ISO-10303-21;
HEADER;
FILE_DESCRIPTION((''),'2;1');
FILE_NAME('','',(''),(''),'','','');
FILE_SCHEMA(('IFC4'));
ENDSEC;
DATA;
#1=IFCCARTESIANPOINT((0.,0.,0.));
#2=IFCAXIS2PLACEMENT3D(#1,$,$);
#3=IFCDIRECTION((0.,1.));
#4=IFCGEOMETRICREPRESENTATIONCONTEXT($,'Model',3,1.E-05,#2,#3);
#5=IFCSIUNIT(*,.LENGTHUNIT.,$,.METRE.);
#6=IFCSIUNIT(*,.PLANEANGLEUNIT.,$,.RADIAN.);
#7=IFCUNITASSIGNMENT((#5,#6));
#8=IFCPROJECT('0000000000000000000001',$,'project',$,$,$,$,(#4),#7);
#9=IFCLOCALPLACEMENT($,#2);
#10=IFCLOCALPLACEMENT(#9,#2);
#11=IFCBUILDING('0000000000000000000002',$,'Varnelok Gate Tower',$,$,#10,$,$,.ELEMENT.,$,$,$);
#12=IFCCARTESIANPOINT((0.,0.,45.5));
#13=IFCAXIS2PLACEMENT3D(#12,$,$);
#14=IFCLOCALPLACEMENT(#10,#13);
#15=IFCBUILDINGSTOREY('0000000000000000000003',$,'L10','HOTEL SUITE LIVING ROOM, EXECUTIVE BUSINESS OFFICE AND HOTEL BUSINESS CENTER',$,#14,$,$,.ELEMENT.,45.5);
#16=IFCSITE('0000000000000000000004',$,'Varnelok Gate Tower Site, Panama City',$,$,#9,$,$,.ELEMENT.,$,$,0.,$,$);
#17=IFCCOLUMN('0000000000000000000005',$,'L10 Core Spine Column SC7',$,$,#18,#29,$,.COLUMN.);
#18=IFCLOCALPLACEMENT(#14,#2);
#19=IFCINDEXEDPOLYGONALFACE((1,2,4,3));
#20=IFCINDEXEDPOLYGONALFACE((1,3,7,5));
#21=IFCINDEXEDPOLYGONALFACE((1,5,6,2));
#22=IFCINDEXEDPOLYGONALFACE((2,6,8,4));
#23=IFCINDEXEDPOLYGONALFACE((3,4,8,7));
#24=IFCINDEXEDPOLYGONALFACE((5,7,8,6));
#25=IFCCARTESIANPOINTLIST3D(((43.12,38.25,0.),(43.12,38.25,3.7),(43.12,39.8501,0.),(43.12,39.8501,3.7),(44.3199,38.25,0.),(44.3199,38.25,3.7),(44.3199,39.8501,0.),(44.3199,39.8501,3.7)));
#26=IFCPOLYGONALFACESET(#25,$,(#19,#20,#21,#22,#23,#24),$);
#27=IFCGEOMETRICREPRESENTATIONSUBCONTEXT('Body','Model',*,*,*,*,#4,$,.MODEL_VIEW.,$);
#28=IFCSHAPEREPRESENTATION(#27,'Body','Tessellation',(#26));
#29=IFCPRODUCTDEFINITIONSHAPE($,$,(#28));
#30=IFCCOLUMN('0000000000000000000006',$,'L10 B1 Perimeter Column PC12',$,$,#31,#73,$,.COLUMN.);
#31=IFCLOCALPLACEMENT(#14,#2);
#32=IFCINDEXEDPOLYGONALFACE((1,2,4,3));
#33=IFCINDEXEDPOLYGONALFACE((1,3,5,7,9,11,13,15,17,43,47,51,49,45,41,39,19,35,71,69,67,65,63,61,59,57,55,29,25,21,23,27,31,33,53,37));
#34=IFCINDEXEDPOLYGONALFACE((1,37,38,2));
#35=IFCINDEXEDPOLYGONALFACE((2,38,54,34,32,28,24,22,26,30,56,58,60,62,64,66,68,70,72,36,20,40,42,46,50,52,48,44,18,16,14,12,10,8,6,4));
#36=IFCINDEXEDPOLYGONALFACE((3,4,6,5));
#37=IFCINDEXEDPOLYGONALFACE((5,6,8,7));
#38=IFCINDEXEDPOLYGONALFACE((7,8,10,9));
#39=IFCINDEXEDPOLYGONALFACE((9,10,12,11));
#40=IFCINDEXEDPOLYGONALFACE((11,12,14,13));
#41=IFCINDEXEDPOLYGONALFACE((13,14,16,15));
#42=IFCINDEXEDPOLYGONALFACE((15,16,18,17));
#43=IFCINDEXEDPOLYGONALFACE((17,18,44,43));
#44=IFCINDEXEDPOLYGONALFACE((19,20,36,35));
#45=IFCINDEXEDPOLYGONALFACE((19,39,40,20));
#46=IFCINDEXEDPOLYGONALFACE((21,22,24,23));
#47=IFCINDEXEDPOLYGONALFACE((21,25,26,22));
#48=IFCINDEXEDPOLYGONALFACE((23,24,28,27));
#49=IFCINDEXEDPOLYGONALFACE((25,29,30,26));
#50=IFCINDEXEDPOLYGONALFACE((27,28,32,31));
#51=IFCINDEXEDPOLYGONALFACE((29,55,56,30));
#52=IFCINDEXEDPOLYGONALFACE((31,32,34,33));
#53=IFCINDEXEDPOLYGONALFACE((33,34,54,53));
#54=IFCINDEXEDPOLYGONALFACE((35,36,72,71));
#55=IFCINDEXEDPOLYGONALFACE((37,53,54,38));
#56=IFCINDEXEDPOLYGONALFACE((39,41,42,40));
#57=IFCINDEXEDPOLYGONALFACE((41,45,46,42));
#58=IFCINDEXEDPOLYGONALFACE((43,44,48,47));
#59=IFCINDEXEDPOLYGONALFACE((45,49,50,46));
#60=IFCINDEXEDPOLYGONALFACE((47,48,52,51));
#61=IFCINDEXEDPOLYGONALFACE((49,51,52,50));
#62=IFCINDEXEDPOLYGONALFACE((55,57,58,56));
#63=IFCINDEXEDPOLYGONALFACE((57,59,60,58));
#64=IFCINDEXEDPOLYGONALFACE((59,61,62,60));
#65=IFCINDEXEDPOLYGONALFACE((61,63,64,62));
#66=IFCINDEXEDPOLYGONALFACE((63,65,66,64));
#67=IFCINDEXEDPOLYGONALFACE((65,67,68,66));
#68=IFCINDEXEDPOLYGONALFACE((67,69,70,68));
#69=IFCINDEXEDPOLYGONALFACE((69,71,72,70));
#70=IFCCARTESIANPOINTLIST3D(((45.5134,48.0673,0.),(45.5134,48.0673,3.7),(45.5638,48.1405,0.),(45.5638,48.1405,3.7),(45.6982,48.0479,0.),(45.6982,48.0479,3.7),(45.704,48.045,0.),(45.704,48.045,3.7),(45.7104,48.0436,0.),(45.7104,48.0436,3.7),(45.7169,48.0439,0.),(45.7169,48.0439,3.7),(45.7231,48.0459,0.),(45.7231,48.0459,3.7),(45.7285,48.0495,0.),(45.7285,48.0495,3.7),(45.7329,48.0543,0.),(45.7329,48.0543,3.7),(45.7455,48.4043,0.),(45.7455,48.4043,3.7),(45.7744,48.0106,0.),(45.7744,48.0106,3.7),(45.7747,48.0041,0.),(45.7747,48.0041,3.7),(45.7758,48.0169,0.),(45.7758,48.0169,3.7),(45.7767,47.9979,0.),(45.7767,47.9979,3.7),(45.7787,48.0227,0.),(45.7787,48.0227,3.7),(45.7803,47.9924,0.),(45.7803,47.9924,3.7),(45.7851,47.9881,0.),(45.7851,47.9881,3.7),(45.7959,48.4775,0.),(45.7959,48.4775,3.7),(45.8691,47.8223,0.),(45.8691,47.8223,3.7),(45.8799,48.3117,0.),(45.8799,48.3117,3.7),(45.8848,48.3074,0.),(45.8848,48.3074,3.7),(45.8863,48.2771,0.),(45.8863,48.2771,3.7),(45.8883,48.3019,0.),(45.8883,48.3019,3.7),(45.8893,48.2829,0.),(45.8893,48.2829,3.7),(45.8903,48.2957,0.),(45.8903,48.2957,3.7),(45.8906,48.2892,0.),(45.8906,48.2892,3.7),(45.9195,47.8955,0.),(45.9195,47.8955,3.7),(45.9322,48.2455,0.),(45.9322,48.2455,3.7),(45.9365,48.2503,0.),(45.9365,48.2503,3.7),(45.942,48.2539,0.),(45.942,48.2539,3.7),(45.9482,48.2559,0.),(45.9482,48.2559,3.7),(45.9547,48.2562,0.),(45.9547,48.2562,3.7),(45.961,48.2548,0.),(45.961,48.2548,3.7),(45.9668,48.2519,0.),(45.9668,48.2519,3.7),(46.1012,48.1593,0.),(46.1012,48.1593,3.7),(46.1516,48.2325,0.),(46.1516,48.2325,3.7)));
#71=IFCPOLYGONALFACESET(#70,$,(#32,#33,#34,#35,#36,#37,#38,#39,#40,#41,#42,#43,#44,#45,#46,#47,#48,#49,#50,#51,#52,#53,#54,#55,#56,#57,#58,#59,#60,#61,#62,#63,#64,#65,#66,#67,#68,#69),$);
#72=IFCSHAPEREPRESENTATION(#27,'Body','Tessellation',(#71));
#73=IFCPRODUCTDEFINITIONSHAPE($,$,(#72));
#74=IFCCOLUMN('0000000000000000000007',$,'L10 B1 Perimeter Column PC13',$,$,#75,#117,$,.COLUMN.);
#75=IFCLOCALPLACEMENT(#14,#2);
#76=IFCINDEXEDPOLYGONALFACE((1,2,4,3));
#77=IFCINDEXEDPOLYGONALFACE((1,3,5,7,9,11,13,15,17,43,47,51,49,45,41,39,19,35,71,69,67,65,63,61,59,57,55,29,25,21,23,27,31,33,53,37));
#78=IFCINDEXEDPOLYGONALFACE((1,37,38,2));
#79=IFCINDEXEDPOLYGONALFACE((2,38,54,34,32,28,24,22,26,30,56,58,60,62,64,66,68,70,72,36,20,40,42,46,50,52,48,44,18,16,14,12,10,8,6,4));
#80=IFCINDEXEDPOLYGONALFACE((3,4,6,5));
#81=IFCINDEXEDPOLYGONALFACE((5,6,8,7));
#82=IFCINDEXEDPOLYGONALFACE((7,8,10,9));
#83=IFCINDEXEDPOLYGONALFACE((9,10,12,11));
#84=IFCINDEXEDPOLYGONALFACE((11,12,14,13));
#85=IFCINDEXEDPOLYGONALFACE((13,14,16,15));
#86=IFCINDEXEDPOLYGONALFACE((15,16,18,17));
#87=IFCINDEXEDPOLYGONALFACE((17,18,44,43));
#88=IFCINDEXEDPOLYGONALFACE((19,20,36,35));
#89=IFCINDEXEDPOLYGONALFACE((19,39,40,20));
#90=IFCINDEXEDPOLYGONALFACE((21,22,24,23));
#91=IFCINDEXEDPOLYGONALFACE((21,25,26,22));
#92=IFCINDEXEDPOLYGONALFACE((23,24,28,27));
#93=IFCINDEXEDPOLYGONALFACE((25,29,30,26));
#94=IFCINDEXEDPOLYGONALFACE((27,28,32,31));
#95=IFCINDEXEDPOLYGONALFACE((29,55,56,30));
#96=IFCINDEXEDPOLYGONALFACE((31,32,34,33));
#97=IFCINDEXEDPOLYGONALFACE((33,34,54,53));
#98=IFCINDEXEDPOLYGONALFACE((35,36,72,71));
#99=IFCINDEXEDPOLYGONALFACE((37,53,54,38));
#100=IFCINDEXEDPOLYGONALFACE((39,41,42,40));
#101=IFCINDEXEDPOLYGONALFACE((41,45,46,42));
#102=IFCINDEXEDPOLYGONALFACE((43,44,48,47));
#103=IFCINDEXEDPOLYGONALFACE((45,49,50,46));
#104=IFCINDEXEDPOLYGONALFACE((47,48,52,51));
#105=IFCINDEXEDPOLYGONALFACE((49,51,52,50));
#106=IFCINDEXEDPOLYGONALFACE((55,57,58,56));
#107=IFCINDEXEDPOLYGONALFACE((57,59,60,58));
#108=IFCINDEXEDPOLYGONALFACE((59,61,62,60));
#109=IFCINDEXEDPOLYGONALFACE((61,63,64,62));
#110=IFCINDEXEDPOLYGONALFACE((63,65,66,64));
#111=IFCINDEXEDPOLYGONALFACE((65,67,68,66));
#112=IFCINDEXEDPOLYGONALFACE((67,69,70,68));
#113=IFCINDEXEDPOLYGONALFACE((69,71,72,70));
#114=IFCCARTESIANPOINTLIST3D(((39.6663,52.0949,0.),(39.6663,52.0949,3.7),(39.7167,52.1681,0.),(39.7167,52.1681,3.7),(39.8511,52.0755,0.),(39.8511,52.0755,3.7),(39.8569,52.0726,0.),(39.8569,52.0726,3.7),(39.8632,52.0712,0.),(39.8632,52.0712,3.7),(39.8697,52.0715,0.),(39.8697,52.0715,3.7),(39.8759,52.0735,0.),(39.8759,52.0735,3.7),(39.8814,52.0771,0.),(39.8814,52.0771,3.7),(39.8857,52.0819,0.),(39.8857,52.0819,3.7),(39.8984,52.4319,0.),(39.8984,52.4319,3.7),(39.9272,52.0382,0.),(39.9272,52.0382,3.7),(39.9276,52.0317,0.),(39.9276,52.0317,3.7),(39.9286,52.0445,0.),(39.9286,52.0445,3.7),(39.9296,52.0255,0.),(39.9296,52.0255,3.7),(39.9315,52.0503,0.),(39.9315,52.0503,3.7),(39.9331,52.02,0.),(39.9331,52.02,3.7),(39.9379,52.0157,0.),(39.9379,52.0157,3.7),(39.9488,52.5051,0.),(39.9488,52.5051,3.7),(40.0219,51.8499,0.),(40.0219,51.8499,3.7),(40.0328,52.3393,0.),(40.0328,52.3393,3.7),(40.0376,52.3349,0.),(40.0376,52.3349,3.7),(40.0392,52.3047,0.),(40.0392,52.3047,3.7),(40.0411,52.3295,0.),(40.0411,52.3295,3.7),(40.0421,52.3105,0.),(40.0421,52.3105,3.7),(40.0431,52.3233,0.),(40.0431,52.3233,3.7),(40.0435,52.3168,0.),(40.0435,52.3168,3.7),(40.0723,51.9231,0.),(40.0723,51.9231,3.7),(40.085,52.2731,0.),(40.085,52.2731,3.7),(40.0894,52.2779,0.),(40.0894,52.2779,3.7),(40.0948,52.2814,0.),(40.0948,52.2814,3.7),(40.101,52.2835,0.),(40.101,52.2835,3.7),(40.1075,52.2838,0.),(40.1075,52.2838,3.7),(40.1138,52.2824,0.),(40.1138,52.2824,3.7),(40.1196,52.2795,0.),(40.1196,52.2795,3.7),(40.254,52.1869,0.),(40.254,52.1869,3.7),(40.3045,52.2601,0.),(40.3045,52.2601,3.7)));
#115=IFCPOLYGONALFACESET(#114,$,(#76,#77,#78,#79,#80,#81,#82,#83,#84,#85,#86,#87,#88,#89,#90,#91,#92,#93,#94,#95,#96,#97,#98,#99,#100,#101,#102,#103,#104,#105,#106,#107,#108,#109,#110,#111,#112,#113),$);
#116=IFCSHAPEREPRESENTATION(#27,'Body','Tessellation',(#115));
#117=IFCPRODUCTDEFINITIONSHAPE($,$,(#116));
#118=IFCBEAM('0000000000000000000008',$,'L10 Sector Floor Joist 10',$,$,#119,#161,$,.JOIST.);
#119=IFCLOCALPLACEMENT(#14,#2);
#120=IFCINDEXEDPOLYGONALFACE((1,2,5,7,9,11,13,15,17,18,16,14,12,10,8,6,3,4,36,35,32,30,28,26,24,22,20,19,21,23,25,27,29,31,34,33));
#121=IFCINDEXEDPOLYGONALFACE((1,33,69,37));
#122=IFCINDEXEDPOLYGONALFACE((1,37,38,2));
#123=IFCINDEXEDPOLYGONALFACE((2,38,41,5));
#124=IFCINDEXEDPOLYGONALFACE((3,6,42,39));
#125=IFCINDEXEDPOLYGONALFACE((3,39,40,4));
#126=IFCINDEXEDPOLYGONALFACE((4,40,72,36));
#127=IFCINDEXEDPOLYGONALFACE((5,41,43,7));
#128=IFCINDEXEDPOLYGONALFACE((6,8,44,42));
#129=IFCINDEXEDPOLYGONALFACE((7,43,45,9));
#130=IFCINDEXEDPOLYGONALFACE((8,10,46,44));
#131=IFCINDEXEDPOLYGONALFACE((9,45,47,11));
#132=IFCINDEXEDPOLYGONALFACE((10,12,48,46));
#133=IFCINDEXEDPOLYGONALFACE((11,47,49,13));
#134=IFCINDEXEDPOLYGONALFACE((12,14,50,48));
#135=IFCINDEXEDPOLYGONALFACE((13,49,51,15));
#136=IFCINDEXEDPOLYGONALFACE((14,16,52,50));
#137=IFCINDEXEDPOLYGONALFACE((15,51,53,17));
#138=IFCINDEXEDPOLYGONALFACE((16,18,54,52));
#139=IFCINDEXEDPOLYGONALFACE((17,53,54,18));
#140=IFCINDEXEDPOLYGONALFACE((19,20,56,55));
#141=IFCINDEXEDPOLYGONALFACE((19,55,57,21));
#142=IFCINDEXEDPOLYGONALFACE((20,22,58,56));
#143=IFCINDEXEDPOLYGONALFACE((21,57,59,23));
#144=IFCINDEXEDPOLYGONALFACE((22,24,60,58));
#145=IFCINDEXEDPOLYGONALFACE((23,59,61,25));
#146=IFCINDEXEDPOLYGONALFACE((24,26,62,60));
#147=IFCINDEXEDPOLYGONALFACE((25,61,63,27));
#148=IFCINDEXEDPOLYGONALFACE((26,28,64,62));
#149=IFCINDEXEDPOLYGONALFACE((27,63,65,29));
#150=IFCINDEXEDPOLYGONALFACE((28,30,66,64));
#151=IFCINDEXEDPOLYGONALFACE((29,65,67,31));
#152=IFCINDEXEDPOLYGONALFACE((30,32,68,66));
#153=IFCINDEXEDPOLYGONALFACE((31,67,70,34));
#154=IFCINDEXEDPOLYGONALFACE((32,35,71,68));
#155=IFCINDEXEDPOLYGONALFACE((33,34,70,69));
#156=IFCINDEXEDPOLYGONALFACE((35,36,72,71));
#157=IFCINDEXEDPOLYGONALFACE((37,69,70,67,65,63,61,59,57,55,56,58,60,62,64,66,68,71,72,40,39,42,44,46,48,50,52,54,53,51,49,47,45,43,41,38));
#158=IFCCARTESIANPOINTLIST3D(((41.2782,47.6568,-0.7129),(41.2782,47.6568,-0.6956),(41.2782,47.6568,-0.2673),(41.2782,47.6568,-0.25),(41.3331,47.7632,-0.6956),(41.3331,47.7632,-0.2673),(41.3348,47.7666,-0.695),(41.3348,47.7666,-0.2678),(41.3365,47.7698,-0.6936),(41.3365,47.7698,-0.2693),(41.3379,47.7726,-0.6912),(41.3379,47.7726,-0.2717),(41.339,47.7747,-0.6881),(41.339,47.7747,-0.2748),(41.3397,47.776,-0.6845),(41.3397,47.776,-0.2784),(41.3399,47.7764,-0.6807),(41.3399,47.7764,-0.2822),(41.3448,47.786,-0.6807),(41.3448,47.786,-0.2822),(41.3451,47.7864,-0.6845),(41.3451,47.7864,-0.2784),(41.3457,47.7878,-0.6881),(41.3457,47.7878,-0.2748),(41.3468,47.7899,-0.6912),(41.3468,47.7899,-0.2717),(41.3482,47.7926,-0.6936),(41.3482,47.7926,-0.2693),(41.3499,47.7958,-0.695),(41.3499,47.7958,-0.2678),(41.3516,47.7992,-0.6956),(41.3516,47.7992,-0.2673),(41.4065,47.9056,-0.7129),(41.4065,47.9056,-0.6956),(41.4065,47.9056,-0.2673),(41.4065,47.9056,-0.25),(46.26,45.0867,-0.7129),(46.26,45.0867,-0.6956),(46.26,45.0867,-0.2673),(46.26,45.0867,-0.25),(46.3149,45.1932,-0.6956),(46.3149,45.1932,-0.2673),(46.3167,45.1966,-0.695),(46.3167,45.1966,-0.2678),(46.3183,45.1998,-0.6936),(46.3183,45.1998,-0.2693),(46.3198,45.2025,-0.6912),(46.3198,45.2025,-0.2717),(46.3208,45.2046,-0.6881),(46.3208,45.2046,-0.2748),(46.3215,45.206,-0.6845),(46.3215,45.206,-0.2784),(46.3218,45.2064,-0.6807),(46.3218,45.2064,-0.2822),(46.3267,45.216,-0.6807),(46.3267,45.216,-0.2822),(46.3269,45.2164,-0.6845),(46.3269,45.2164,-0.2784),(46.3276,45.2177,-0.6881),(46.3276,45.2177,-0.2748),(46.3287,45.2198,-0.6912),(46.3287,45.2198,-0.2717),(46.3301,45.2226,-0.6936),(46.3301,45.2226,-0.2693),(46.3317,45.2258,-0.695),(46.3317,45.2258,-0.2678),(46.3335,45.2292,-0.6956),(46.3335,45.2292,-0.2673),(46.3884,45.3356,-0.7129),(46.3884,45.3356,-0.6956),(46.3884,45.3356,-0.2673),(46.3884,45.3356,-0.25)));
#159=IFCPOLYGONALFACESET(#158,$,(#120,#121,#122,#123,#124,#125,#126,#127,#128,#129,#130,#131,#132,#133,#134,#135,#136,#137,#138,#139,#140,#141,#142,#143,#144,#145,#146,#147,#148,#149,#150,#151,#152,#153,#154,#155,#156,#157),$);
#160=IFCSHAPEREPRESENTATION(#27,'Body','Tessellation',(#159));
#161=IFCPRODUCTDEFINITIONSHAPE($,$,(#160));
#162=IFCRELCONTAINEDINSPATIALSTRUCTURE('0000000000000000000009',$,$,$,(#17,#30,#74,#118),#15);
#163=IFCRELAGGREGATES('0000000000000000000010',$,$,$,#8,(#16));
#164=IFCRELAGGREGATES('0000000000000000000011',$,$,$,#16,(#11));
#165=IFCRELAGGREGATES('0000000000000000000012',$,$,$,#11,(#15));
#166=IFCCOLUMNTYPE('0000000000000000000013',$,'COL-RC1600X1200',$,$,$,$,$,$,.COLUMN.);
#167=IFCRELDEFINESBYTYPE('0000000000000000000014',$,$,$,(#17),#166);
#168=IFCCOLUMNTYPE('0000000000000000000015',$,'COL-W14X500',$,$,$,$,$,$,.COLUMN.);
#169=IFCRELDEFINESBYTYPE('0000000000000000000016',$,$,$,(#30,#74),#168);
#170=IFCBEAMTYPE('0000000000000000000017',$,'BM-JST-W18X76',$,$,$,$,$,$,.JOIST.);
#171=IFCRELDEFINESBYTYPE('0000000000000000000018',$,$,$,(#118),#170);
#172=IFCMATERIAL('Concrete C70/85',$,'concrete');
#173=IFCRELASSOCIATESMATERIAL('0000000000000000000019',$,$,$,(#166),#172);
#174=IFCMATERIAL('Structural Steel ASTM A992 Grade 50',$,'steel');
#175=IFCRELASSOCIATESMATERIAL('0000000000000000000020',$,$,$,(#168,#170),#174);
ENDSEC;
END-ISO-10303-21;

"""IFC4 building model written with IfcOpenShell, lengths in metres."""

from ifc_helpers import new_model, si_unit, direction, frame, origin, origin_2d, place, context, subcontext, project, spatial, rectangle, i_section, extrude, material, material_profile, profile_set, type_object, element, save


model = new_model("IFC4")

# Units and contexts
model_context = context("Model", 3, precision=1e-05, world=origin(), true_north=direction((0.0, 1.0)))
body_context = subcontext(model_context, "Body", "Model", "MODEL_VIEW")
ifc_project = project(units=[si_unit("LENGTHUNIT", "METRE"), si_unit("PLANEANGLEUNIT", "RADIAN")], contexts=[model_context])

# Site, building, storey
site_placement = place(None, origin())
site = spatial("IfcSite", under=ifc_project, at=site_placement, Name="Varnelok Gate Tower Site, Panama City", CompositionType="ELEMENT", RefElevation=0.0)
building_placement = place(site_placement, origin())
building = spatial("IfcBuilding", under=site, at=building_placement, Name="Varnelok Gate Tower", CompositionType="ELEMENT")
storey_placement = place(building_placement, frame((0.0, 0.0, 45.5)))
storey = spatial("IfcBuildingStorey", under=building, at=storey_placement, Name="L10", Description="HOTEL SUITE LIVING ROOM, EXECUTIVE BUSINESS OFFICE AND HOTEL BUSINESS CENTER", CompositionType="ELEMENT", Elevation=45.5)

# Columns
ifc_material_1 = material(Name="Concrete C70/85", Category="concrete")
ifc_material_profile_1 = material_profile(ifc_material_1, rectangle(XDim=1.2, YDim=1.6001, at=origin_2d()), Name="RC1600X1200")
ifc_profile_set_1 = profile_set([ifc_material_profile_1], Name="Concrete C70/85")
column_type_1 = type_object("IfcColumnType", Name="COL-RC1600X1200", PredefinedType="COLUMN", material=ifc_profile_set_1)
column_placement = place(storey_placement, frame((43.72, 39.05, 0.0), z_axis=(0.0, 0.0, 1.0), x_axis=(1.0, 0.0, 0.0)))
element("IfcColumn", 1, at=column_placement, inside=storey, type_object=column_type_1, Name="L10 Core Spine Column SC7", PredefinedType="COLUMN", context=body_context, shape_type="SweptSolid", body=[
    extrude(rectangle(XDim=1.2, YDim=1.6001, at=origin_2d()), origin(), (0.0, 0.0, 1.0), 3.7),
])
ifc_material_2 = material(Name="Structural Steel ASTM A992 Grade 50", Category="steel")
ifc_material_profile_2 = material_profile(ifc_material_2, i_section(OverallWidth=0.4319, OverallDepth=0.498, WebThickness=0.0557, FlangeThickness=0.0889, FilletRadius=0.0249, at=origin_2d()), Name="W14X500")
ifc_profile_set_2 = profile_set([ifc_material_profile_2], Name="Structural Steel ASTM A992 Grade 50")
column_type_2 = type_object("IfcColumnType", Name="COL-W14X500", PredefinedType="COLUMN", material=ifc_profile_set_2)
for number, where, z_axis, x_axis, name in (
    (2, (45.8325, 48.1499, 0.0), (0.0, 0.0, 1.0), (0.823533, -0.567269, 0.0), "L10 B1 Perimeter Column PC12"),
    (3, (39.9854, 52.1775, 0.0), (0.0, 0.0, 1.0), (0.823533, -0.567269, 0.0), "L10 B1 Perimeter Column PC13"),
):
    element("IfcColumn", number, at=place(storey_placement, frame(where, z_axis=z_axis, x_axis=x_axis)), inside=storey, type_object=column_type_2, Name=name, PredefinedType="COLUMN", context=body_context, shape_type="SweptSolid", body=[
        extrude(i_section(OverallWidth=0.4319, OverallDepth=0.498, WebThickness=0.0557, FlangeThickness=0.0889, FilletRadius=0.0249, at=origin_2d()), origin(), (0.0, 0.0, 1.0), 3.7),
    ])

# Beam
ifc_material_profile_3 = material_profile(ifc_material_2, i_section(OverallWidth=0.28, OverallDepth=0.4629, WebThickness=0.0107, FlangeThickness=0.0173, FilletRadius=0.0149, at=origin_2d()), Name="W18X76")
ifc_profile_set_3 = profile_set([ifc_material_profile_3], Name="Structural Steel ASTM A992 Grade 50")
beam_type_1 = type_object("IfcBeamType", Name="BM-JST-W18X76", PredefinedType="JOIST", material=ifc_profile_set_3)
beam_1_placement = place(storey_placement, frame((46.3242, 45.2112, -0.4814), z_axis=(-0.888712, 0.458467, 0.0), x_axis=(-0.458467, -0.888712, 0.0)))
element("IfcBeam", 4, at=beam_1_placement, inside=storey, type_object=beam_type_1, Name="L10 Sector Floor Joist 10", PredefinedType="JOIST", context=body_context, shape_type="SweptSolid", body=[
    extrude(i_section(OverallWidth=0.28, OverallDepth=0.4629, WebThickness=0.0107, FlangeThickness=0.0173, FilletRadius=0.0149, at=origin_2d()), origin(), (0.0, 0.0, 1.0), 5.6057),
])

save(model, "model.ifc")
